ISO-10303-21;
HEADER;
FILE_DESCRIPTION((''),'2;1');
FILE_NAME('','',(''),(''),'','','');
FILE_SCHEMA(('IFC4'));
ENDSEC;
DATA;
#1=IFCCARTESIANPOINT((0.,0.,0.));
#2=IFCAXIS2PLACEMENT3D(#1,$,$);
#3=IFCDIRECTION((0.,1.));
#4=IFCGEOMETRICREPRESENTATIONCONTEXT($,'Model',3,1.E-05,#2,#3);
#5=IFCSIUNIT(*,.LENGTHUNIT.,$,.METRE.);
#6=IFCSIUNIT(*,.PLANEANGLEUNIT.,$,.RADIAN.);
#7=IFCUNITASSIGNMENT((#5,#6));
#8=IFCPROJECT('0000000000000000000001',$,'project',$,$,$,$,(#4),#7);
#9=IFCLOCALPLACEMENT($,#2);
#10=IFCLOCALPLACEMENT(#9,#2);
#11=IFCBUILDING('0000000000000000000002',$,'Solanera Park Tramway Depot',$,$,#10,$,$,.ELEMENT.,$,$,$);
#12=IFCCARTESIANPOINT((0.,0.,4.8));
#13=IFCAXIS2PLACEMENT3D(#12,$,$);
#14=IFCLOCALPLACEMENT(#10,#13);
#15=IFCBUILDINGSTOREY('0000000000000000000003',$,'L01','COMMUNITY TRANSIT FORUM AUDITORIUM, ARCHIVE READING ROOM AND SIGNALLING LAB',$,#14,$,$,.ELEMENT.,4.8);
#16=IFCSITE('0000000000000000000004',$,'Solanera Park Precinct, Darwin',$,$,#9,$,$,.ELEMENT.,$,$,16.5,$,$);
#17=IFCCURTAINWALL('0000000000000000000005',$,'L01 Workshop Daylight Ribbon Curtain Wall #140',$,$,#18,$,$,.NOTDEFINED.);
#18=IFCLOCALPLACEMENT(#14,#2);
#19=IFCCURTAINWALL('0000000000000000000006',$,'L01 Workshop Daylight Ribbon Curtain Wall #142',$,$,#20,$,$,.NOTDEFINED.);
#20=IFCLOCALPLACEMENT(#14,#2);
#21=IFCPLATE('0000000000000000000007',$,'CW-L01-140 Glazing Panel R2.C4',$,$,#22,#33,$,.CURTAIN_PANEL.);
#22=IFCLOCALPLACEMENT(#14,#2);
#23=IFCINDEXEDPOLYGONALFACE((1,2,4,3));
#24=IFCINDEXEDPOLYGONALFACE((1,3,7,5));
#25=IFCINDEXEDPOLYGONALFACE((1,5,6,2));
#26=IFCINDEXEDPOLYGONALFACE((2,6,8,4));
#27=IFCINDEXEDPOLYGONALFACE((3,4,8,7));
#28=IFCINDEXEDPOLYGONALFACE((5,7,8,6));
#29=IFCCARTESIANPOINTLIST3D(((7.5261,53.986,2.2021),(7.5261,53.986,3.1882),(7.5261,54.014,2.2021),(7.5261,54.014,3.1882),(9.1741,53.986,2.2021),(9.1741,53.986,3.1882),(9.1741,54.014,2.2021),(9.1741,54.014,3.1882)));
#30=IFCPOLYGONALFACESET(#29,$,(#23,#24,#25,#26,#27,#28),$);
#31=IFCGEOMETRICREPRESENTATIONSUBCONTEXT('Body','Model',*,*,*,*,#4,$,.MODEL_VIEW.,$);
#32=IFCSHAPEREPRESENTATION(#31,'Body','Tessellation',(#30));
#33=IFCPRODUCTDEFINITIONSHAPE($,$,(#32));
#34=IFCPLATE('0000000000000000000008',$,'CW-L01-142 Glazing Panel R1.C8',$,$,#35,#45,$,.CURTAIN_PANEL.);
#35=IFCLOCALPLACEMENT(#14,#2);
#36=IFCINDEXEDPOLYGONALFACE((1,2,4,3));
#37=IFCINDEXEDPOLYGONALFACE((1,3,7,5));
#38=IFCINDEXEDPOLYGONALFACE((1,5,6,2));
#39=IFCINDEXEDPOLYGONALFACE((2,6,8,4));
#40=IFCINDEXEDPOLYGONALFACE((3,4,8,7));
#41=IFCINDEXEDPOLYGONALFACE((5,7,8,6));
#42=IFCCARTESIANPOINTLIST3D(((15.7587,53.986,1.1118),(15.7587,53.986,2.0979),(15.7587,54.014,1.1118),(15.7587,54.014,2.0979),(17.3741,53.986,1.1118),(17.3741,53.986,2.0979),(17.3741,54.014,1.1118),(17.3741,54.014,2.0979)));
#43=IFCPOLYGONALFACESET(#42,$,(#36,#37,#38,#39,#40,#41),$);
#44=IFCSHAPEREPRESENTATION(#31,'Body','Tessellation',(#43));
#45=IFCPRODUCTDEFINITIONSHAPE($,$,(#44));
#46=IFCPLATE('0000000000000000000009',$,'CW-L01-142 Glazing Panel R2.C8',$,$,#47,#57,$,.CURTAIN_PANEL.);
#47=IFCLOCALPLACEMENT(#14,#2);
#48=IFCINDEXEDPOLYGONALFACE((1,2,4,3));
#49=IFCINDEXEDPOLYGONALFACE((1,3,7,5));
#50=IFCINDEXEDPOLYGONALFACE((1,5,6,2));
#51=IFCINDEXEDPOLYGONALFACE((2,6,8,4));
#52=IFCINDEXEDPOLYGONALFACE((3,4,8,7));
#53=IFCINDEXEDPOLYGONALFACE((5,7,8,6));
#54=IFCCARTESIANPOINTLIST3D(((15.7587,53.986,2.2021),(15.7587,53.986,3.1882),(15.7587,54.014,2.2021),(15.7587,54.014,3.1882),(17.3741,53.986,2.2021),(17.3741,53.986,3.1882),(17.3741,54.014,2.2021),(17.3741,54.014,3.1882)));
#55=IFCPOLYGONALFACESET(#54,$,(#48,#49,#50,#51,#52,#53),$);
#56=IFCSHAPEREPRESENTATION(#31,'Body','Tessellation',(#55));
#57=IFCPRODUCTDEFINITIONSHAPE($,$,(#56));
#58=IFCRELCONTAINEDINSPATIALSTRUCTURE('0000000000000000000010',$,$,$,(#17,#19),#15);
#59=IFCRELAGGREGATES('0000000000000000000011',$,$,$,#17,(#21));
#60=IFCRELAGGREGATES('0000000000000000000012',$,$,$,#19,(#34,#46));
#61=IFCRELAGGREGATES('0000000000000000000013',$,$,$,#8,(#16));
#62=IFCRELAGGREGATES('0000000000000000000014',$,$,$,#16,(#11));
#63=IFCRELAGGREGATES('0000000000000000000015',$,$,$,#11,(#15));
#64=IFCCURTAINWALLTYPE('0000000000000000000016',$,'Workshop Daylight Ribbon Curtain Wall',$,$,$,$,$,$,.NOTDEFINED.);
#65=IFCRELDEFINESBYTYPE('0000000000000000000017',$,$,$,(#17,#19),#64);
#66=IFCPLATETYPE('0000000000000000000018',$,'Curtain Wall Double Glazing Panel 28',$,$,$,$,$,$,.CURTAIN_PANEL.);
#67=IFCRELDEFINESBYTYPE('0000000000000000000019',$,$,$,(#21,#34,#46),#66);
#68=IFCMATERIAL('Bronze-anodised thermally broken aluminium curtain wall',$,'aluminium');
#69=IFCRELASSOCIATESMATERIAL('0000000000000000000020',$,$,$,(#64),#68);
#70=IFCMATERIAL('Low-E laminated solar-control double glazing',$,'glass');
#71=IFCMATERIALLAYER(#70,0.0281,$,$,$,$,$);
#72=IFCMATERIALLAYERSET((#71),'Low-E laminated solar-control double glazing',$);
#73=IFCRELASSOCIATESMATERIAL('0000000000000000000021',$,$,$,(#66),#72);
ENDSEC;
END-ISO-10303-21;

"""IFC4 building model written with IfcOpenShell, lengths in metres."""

from ifc_helpers import new_model, si_unit, direction, frame, origin, origin_2d, place, context, subcontext, project, spatial, rectangle, extrude, material, layer, layer_set, type_object, element, aggregate, save


model = new_model("IFC4")

# Units and contexts
model_context = context("Model", 3, precision=1e-05, world=origin(), true_north=direction((0.0, 1.0)))
body_context = subcontext(model_context, "Body", "Model", "MODEL_VIEW")
ifc_project = project(units=[si_unit("LENGTHUNIT", "METRE"), si_unit("PLANEANGLEUNIT", "RADIAN")], contexts=[model_context])

# Site, building, storey
site_placement = place(None, origin())
site = spatial("IfcSite", under=ifc_project, at=site_placement, Name="Solanera Park Precinct, Darwin", CompositionType="ELEMENT", RefElevation=16.5)
building_placement = place(site_placement, origin())
building = spatial("IfcBuilding", under=site, at=building_placement, Name="Solanera Park Tramway Depot", CompositionType="ELEMENT")
storey_placement = place(building_placement, frame((0.0, 0.0, 4.8)))
storey = spatial("IfcBuildingStorey", under=building, at=storey_placement, Name="L01", Description="COMMUNITY TRANSIT FORUM AUDITORIUM, ARCHIVE READING ROOM AND SIGNALLING LAB", CompositionType="ELEMENT", Elevation=4.8)

# Curtain wall
ifc_material_1 = material(Name="Bronze-anodised thermally broken aluminium curtain wall", Category="aluminium")
curtain_wall_type = type_object("IfcCurtainWallType", Name="Workshop Daylight Ribbon Curtain Wall", PredefinedType="NOTDEFINED", material=ifc_material_1)
curtain_wall_1_placement = place(storey_placement, origin())
curtain_wall_1 = element("IfcCurtainWall", 1, at=curtain_wall_1_placement, inside=storey, type_object=curtain_wall_type, Name="L01 Workshop Daylight Ribbon Curtain Wall #140", PredefinedType="NOTDEFINED")

# Curtain wall
curtain_wall_2_placement = place(storey_placement, origin())
curtain_wall_2 = element("IfcCurtainWall", 2, at=curtain_wall_2_placement, inside=storey, type_object=curtain_wall_type, Name="L01 Workshop Daylight Ribbon Curtain Wall #142", PredefinedType="NOTDEFINED")

# Plates
ifc_material_2 = material(Name="Low-E laminated solar-control double glazing", Category="glass")
ifc_layer = layer(ifc_material_2, 0.0281)
ifc_layer_set = layer_set([ifc_layer], Name="Low-E laminated solar-control double glazing")
plate_type = type_object("IfcPlateType", Name="Curtain Wall Double Glazing Panel 28", PredefinedType="CURTAIN_PANEL", material=ifc_layer_set)
plate_1_placement = place(storey_placement, frame((8.3501, 54.0, 2.2021), z_axis=(0.0, 0.0, 1.0), x_axis=(-1.0, 0.0, 0.0)))
plate_1 = element("IfcPlate", 3, at=plate_1_placement, type_object=plate_type, Name="CW-L01-140 Glazing Panel R2.C4", PredefinedType="CURTAIN_PANEL", context=body_context, shape_type="SweptSolid", body=[
    extrude(rectangle(XDim=1.6479, YDim=0.0281, at=origin_2d()), origin(), (0.0, 0.0, 1.0), 0.9861),
])
aggregate(curtain_wall_1, [plate_1])
plate_2_placement = place(storey_placement, frame((16.5664, 54.0, 1.1118), z_axis=(0.0, 0.0, 1.0), x_axis=(-1.0, 0.0, 0.0)))
plate_2 = element("IfcPlate", 4, at=plate_2_placement, type_object=plate_type, Name="CW-L01-142 Glazing Panel R1.C8", PredefinedType="CURTAIN_PANEL", context=body_context, shape_type="SweptSolid", body=[
    extrude(rectangle(XDim=1.6155, YDim=0.0281, at=origin_2d()), origin(), (0.0, 0.0, 1.0), 0.9861),
])
plate_3_placement = place(storey_placement, frame((16.5664, 54.0, 2.2021), z_axis=(0.0, 0.0, 1.0), x_axis=(-1.0, 0.0, 0.0)))
plate_3 = element("IfcPlate", 5, at=plate_3_placement, type_object=plate_type, Name="CW-L01-142 Glazing Panel R2.C8", PredefinedType="CURTAIN_PANEL", context=body_context, shape_type="SweptSolid", body=[
    extrude(rectangle(XDim=1.6155, YDim=0.0281, at=origin_2d()), origin(), (0.0, 0.0, 1.0), 0.9861),
])
aggregate(curtain_wall_2, [plate_2, plate_3])

save(model, "model.ifc")
